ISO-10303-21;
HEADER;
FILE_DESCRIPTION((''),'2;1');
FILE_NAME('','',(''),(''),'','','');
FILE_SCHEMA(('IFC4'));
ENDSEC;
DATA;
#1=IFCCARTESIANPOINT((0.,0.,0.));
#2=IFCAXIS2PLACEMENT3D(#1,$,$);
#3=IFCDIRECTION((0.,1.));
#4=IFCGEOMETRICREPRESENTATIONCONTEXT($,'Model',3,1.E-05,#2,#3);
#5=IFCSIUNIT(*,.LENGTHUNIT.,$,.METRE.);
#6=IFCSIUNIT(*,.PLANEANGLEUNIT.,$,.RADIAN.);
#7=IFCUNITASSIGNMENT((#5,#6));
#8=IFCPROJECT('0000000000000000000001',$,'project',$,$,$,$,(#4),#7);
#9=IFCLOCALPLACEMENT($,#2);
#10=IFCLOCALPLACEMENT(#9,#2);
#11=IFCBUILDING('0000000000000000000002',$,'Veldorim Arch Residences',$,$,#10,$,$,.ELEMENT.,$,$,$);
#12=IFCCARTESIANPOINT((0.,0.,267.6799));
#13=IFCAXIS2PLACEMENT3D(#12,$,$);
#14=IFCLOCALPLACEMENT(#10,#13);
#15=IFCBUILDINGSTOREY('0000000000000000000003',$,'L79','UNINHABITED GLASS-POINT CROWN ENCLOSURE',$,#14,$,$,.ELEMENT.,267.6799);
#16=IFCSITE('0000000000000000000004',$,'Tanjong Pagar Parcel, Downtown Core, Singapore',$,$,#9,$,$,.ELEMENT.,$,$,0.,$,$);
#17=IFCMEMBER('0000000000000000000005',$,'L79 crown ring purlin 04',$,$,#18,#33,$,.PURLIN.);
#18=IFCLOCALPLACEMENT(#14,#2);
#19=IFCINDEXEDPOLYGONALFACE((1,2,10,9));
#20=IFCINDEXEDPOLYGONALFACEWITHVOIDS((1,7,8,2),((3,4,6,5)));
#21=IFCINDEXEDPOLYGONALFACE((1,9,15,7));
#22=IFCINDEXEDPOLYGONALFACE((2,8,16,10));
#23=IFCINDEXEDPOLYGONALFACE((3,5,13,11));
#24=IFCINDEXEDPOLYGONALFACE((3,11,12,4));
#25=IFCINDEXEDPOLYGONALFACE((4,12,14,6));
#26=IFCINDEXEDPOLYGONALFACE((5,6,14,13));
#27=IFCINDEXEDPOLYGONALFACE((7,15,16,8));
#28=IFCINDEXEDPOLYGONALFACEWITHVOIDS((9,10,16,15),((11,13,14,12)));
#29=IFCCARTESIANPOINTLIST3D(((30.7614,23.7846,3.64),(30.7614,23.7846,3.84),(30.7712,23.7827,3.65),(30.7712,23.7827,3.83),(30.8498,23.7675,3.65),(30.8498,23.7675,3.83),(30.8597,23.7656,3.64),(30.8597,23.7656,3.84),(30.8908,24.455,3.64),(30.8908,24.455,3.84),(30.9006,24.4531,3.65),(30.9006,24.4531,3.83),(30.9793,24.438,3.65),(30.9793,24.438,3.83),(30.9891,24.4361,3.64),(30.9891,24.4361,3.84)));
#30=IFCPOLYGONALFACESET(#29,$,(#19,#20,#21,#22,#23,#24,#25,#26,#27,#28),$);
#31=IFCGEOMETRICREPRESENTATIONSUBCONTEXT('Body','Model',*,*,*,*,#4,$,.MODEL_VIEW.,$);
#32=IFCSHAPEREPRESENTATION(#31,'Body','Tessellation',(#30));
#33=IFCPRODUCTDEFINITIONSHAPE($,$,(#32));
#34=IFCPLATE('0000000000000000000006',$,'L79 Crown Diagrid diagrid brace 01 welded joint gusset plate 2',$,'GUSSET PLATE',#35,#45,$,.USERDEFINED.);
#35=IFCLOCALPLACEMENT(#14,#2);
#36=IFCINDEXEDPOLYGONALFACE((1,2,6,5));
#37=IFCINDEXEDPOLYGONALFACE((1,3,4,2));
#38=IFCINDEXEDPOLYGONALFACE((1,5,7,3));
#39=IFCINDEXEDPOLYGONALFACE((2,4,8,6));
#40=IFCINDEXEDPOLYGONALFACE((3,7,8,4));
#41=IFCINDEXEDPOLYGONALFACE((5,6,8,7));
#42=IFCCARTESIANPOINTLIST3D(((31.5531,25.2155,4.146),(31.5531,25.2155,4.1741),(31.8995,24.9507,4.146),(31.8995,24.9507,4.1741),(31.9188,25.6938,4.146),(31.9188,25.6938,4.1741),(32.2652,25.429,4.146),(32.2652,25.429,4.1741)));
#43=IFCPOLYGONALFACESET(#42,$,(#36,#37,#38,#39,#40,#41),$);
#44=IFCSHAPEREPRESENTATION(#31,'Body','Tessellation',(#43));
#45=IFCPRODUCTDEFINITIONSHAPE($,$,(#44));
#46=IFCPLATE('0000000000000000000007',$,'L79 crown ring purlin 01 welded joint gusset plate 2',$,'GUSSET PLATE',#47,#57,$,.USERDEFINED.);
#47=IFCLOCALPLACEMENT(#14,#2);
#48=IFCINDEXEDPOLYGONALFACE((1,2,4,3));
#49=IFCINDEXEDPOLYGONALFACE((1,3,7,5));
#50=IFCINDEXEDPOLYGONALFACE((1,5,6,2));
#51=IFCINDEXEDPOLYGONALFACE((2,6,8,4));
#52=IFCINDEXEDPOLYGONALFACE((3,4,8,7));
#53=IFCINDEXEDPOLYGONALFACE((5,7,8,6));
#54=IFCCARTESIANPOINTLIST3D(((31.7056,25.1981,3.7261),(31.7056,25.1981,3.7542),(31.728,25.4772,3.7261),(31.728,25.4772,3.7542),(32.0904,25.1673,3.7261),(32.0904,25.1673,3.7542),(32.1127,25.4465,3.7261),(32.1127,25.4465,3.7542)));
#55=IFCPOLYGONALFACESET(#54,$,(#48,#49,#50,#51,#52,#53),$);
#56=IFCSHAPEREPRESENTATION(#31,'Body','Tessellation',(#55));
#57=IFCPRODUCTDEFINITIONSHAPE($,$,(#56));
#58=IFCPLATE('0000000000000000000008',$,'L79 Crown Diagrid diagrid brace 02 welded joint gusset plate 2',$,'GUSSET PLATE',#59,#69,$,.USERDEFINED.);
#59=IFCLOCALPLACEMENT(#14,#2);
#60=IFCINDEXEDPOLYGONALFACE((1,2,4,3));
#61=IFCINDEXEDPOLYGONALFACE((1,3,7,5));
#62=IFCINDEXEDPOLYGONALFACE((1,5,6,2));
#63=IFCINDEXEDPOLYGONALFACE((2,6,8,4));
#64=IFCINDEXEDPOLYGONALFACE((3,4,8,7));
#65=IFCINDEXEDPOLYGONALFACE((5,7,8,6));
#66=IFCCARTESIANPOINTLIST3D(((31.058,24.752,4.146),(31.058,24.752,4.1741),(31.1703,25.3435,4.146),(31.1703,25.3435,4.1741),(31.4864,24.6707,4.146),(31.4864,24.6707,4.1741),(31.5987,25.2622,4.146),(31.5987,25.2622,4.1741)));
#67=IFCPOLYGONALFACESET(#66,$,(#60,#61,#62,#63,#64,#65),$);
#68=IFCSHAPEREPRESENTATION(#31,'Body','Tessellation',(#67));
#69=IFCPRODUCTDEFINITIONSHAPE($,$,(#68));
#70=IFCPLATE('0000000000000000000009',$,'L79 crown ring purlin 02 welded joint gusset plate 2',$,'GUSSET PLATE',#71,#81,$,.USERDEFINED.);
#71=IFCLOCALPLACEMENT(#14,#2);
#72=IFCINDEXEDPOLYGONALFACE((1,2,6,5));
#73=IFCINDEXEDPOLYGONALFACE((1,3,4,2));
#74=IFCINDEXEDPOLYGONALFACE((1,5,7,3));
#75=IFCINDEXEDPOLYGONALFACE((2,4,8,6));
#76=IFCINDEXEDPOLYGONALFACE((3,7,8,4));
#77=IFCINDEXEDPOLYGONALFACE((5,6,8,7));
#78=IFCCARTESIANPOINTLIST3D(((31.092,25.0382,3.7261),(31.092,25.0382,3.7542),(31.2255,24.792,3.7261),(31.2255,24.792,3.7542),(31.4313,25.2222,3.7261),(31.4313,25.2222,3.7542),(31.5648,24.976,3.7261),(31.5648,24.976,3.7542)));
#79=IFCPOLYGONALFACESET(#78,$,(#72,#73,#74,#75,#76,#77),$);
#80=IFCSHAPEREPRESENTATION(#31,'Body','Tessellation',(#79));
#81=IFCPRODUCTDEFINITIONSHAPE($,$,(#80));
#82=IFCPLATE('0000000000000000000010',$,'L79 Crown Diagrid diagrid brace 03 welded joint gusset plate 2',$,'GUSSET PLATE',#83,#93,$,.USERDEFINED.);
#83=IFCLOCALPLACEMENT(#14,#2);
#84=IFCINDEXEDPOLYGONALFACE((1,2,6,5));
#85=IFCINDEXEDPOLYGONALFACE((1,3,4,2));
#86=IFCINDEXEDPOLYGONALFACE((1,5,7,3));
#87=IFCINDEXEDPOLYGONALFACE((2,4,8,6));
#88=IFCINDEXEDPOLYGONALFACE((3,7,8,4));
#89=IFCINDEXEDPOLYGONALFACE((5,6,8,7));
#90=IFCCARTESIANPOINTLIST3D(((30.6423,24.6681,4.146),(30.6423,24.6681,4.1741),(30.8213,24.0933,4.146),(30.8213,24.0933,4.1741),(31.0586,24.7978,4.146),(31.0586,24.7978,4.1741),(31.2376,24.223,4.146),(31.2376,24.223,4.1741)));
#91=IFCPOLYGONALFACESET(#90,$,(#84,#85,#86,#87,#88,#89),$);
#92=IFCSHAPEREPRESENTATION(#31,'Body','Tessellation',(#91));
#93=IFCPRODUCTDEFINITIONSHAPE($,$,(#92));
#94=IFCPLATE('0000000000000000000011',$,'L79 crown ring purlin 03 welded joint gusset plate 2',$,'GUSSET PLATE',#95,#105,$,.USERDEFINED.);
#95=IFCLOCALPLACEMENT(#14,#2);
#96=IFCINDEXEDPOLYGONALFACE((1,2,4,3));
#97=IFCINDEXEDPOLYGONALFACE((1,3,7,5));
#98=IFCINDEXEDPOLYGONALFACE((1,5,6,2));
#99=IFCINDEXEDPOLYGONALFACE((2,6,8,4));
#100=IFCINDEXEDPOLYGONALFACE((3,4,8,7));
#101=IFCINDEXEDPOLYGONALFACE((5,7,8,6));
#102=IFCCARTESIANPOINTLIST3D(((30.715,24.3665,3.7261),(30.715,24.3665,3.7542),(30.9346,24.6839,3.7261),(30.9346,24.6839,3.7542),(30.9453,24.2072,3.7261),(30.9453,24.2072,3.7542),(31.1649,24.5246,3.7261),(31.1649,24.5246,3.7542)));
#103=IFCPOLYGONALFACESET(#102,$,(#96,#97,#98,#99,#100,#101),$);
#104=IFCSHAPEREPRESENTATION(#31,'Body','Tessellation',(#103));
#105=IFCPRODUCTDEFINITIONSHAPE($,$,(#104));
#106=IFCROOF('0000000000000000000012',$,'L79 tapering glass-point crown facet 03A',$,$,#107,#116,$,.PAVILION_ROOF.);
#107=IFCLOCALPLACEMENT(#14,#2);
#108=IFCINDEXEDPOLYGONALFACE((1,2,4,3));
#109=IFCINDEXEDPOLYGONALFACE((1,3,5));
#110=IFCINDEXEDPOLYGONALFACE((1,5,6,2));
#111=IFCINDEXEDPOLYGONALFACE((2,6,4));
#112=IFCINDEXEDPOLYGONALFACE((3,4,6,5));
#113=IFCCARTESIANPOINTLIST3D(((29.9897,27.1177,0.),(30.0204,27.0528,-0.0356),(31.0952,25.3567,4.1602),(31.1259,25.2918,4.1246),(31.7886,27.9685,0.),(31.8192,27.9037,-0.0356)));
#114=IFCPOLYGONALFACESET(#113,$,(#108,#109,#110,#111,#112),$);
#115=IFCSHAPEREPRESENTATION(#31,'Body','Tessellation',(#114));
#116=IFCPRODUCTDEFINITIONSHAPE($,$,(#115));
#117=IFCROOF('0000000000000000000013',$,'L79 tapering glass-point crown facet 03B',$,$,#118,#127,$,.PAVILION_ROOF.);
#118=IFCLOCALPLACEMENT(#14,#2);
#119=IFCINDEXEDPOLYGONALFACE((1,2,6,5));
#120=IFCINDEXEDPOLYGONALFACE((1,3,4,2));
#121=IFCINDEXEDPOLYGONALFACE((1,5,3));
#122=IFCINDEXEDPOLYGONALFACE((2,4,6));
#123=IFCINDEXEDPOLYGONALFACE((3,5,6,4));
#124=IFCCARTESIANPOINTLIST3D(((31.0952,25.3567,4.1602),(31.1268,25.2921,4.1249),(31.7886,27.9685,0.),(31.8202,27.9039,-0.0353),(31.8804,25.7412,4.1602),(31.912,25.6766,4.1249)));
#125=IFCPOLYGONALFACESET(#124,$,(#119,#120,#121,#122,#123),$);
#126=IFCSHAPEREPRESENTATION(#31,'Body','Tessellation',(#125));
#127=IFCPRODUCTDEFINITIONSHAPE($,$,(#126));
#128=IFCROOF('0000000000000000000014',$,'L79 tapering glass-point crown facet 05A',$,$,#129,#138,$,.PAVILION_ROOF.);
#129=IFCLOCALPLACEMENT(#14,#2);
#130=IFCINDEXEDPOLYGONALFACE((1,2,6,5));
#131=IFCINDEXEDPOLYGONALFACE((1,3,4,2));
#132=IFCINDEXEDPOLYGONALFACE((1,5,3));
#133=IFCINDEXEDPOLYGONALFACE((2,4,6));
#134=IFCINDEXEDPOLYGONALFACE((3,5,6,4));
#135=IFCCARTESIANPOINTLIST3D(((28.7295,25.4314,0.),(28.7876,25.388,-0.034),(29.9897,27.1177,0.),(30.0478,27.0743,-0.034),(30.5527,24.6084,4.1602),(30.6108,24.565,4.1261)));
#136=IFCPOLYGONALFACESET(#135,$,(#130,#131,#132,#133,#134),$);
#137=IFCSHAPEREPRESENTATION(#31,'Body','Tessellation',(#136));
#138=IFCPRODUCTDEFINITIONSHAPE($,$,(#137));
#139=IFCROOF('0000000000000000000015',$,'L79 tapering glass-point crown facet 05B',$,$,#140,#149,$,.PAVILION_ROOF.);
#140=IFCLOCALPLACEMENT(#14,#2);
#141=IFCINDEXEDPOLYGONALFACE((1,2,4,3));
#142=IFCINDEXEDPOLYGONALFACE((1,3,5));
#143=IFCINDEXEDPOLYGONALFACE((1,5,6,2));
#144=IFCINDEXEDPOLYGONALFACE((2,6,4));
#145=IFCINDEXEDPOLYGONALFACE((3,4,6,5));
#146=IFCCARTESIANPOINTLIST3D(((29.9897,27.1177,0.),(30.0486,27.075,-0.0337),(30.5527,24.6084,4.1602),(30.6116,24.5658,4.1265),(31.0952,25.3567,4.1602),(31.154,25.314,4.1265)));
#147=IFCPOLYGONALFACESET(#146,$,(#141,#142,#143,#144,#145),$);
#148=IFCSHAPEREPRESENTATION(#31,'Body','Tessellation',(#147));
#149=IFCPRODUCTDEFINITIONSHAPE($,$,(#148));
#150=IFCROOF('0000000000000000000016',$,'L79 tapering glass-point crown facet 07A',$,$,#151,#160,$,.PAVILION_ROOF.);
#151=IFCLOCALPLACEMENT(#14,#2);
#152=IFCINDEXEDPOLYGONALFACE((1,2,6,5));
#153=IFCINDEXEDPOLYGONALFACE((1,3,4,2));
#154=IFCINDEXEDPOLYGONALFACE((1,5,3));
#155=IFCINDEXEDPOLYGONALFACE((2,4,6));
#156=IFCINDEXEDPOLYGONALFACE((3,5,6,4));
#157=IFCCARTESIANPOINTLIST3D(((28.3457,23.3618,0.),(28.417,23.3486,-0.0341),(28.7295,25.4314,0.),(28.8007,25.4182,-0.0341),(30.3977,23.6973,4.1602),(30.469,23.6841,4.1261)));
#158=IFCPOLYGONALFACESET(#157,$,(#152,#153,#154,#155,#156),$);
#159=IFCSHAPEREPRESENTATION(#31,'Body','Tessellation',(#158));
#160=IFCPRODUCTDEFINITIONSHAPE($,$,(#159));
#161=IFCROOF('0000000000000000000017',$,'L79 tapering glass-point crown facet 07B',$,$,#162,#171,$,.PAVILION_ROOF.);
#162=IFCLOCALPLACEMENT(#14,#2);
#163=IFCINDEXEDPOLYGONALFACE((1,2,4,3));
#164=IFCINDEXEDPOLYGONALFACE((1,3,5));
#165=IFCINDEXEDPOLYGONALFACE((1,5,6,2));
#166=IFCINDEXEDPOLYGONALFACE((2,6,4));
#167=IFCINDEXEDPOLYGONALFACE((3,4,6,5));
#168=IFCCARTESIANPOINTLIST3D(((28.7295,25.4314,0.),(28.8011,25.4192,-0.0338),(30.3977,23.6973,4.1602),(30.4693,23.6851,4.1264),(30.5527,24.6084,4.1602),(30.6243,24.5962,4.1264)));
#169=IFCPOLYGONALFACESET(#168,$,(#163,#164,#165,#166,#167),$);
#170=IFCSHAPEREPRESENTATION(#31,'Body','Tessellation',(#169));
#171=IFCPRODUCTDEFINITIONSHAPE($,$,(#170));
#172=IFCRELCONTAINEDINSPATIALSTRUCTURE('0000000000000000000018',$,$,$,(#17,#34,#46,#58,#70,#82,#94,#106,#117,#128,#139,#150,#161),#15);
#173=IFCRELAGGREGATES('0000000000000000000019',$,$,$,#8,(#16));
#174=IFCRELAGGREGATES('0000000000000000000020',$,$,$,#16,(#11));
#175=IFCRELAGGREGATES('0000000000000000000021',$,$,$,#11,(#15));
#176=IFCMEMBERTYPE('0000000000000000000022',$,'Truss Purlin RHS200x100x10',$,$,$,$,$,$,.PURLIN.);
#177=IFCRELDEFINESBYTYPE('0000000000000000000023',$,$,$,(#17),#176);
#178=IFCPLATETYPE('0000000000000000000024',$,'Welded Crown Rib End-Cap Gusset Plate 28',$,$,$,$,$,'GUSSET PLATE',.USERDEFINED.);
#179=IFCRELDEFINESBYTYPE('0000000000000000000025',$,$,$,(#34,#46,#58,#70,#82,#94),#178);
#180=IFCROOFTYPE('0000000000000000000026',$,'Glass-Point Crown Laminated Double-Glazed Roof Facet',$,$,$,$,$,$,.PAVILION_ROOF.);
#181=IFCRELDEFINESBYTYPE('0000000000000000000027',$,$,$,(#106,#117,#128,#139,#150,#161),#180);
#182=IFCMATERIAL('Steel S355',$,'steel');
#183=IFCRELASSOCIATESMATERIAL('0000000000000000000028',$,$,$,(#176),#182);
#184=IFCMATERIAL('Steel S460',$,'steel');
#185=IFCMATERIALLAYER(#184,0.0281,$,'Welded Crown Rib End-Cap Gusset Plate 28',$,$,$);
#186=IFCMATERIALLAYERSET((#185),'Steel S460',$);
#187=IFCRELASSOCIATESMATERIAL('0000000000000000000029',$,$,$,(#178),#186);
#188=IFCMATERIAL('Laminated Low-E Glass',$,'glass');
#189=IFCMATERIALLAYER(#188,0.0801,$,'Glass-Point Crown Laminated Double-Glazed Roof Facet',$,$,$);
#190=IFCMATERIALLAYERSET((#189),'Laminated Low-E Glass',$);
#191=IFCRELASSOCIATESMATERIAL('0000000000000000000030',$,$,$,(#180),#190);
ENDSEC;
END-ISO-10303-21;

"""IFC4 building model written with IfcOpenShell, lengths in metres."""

from ifc_helpers import new_model, si_unit, direction, frame, origin, origin_2d, place, context, subcontext, project, spatial, polyline, rectangle, hollow_rectangle, outline, extrude, material, layer, layer_set, material_profile, profile_set, type_object, element, save


model = new_model("IFC4")

# Units and contexts
model_context = context("Model", 3, precision=1e-05, world=origin(), true_north=direction((0.0, 1.0)))
body_context = subcontext(model_context, "Body", "Model", "MODEL_VIEW")
ifc_project = project(units=[si_unit("LENGTHUNIT", "METRE"), si_unit("PLANEANGLEUNIT", "RADIAN")], contexts=[model_context])

# Site, building, storey
site_placement = place(None, origin())
site = spatial("IfcSite", under=ifc_project, at=site_placement, Name="Tanjong Pagar Parcel, Downtown Core, Singapore", CompositionType="ELEMENT", RefElevation=0.0)
building_placement = place(site_placement, origin())
building = spatial("IfcBuilding", under=site, at=building_placement, Name="Veldorim Arch Residences", CompositionType="ELEMENT")
storey_placement = place(building_placement, frame((0.0, 0.0, 267.6799)))
storey = spatial("IfcBuildingStorey", under=building, at=storey_placement, Name="L79", Description="UNINHABITED GLASS-POINT CROWN ENCLOSURE", CompositionType="ELEMENT", Elevation=267.6799)

# Member
ifc_material_1 = material(Name="Steel S355", Category="steel")
ifc_material_profile_1 = material_profile(ifc_material_1, hollow_rectangle(XDim=0.1001, YDim=0.2, WallThickness=0.01, at=origin_2d()), Name="RHS200x100x10")
ifc_profile_set_1 = profile_set([ifc_material_profile_1], Name="Steel S355")
member_type_1 = type_object("IfcMemberType", Name="Truss Purlin RHS200x100x10", PredefinedType="PURLIN", material=ifc_profile_set_1)
for number, where, z_axis, x_axis, name in (
    (1, (30.9399, 24.4456, 3.74), (-0.18951, -0.981879, 0.0), (0.981879, -0.18951, 0.0), "L79 crown ring purlin 04"),
):
    element("IfcMember", number, at=place(storey_placement, frame(where, z_axis=z_axis, x_axis=x_axis)), inside=storey, type_object=member_type_1, Name=name, PredefinedType="PURLIN", context=body_context, shape_type="SweptSolid", body=[
        extrude(hollow_rectangle(XDim=0.1001, YDim=0.2, WallThickness=0.01, at=origin_2d()), origin(), (0.0, 0.0, 1.0), 0.6829),
    ])

# Plates
ifc_material_2 = material(Name="Steel S460", Category="steel")
ifc_layer_1 = layer(ifc_material_2, 0.0281, Name="Welded Crown Rib End-Cap Gusset Plate 28")
ifc_layer_set_1 = layer_set([ifc_layer_1], Name="Steel S460")
plate_type = type_object("IfcPlateType", Name="Welded Crown Rib End-Cap Gusset Plate 28", ElementType="GUSSET PLATE", PredefinedType="USERDEFINED", material=ifc_layer_set_1)
plate_1_placement = place(storey_placement, frame((31.9092, 25.3223, 4.146), z_axis=(0.0, 0.0, 1.0), x_axis=(-0.607376, -0.794415, 0.0)))
element("IfcPlate", 2, at=plate_1_placement, inside=storey, type_object=plate_type, Name="L79 Crown Diagrid diagrid brace 01 welded joint gusset plate 2", ObjectType="GUSSET PLATE", PredefinedType="USERDEFINED", context=body_context, shape_type="SweptSolid", body=[
    extrude(rectangle(XDim=0.6021, YDim=0.436, at=origin_2d()), origin(), (0.0, 0.0, 1.0), 0.0281),
])
plate_2_placement = place(storey_placement, frame((31.9092, 25.3223, 3.7261), z_axis=(0.0, 0.0, 1.0), x_axis=(-0.996821, 0.079677, 0.0)))
element("IfcPlate", 3, at=plate_2_placement, inside=storey, type_object=plate_type, Name="L79 crown ring purlin 01 welded joint gusset plate 2", ObjectType="GUSSET PLATE", PredefinedType="USERDEFINED", context=body_context, shape_type="SweptSolid", body=[
    extrude(rectangle(XDim=0.386, YDim=0.28, at=origin_2d()), origin(), (0.0, 0.0, 1.0), 0.0281),
])
plate_3_placement = place(storey_placement, frame((31.3284, 25.0071, 4.146), z_axis=(0.0, 0.0, 1.0), x_axis=(-0.186524, -0.98245, 0.0)))
element("IfcPlate", 4, at=plate_3_placement, inside=storey, type_object=plate_type, Name="L79 Crown Diagrid diagrid brace 02 welded joint gusset plate 2", ObjectType="GUSSET PLATE", PredefinedType="USERDEFINED", context=body_context, shape_type="SweptSolid", body=[
    extrude(rectangle(XDim=0.6021, YDim=0.436, at=origin_2d()), origin(), (0.0, 0.0, 1.0), 0.0281),
])
plate_4_placement = place(storey_placement, frame((31.3284, 25.0071, 3.7261), z_axis=(0.0, 0.0, 1.0), x_axis=(-0.879075, -0.476683, 0.0)))
element("IfcPlate", 5, at=plate_4_placement, inside=storey, type_object=plate_type, Name="L79 crown ring purlin 02 welded joint gusset plate 2", ObjectType="GUSSET PLATE", PredefinedType="USERDEFINED", context=body_context, shape_type="SweptSolid", body=[
    extrude(rectangle(XDim=0.386, YDim=0.28, at=origin_2d()), origin(), (0.0, 0.0, 1.0), 0.0281),
])
plate_5_placement = place(storey_placement, frame((30.9399, 24.4456, 4.146), z_axis=(0.0, 0.0, 1.0), x_axis=(0.297442, -0.95474, 0.0)))
element("IfcPlate", 6, at=plate_5_placement, inside=storey, type_object=plate_type, Name="L79 Crown Diagrid diagrid brace 03 welded joint gusset plate 2", ObjectType="GUSSET PLATE", PredefinedType="USERDEFINED", context=body_context, shape_type="SweptSolid", body=[
    extrude(rectangle(XDim=0.6021, YDim=0.436, at=origin_2d()), origin(), (0.0, 0.0, 1.0), 0.0281),
])
plate_6_placement = place(storey_placement, frame((30.9399, 24.4456, 3.7261), z_axis=(0.0, 0.0, 1.0), x_axis=(-0.56882, -0.822462, 0.0)))
element("IfcPlate", 7, at=plate_6_placement, inside=storey, type_object=plate_type, Name="L79 crown ring purlin 03 welded joint gusset plate 2", ObjectType="GUSSET PLATE", PredefinedType="USERDEFINED", context=body_context, shape_type="SweptSolid", body=[
    extrude(rectangle(XDim=0.386, YDim=0.28, at=origin_2d()), origin(), (0.0, 0.0, 1.0), 0.0281),
])

# Roofs
ifc_material_3 = material(Name="Laminated Low-E Glass", Category="glass")
ifc_layer_2 = layer(ifc_material_3, 0.0801, Name="Glass-Point Crown Laminated Double-Glazed Roof Facet")
ifc_layer_set_2 = layer_set([ifc_layer_2], Name="Laminated Low-E Glass")
roof_type = type_object("IfcRoofType", Name="Glass-Point Crown Laminated Double-Glazed Roof Facet", PredefinedType="PAVILION_ROOF", material=ifc_layer_set_2)
roof_1_placement = place(storey_placement, frame((31.7886, 27.9685, 0.0), z_axis=(-0.383004, 0.809748, 0.44454), x_axis=(-0.90398, -0.427575, 0.0)))
element("IfcRoof", 8, at=roof_1_placement, inside=storey, type_object=roof_type, Name="L79 tapering glass-point crown facet 03A", PredefinedType="PAVILION_ROOF", context=body_context, shape_type="SweptSolid", body=[
    extrude(outline(polyline([(0.0, 0.0), (1.9899, 0.0), (1.7435, 4.6443), (0.0, 0.0)])), origin(), (0.0, 0.0, -1.0), 0.0801),
])
roof_2_placement = place(storey_placement, frame((31.7886, 27.9685, 0.0), z_axis=(-0.394877, 0.806302, 0.440397), x_axis=(-0.139769, -0.526494, 0.838611)))
element("IfcRoof", 9, at=roof_2_placement, inside=storey, type_object=roof_type, Name="L79 tapering glass-point crown facet 03B", PredefinedType="PAVILION_ROOF", context=body_context, shape_type="SweptSolid", body=[
    extrude(outline(polyline([(0.0, 0.0), (4.9608, 0.0), (4.6486, 0.8166), (0.0, 0.0)])), origin(), (0.0, 0.0, -1.0), 0.0801),
])
roof_3_placement = place(storey_placement, frame((29.9897, 27.1177, 0.0), z_axis=(-0.725081, 0.541895, 0.424979), x_axis=(-0.598645, -0.801015, 0.0)))
element("IfcRoof", 10, at=roof_3_placement, inside=storey, type_object=roof_type, Name="L79 tapering glass-point crown facet 05A", PredefinedType="PAVILION_ROOF", context=body_context, shape_type="SweptSolid", body=[
    extrude(outline(polyline([(0.0, 0.0), (2.1052, 0.0), (1.6729, 4.5958), (0.0, 0.0)])), origin(), (0.0, 0.0, -1.0), 0.0801),
])
roof_4_placement = place(storey_placement, frame((29.9897, 27.1177, 0.0), z_axis=(-0.734532, 0.532506, 0.420594), x_axis=(0.115111, -0.513056, 0.850601)))
element("IfcRoof", 11, at=roof_4_placement, inside=storey, type_object=roof_type, Name="L79 tapering glass-point crown facet 05B", PredefinedType="PAVILION_ROOF", context=body_context, shape_type="SweptSolid", body=[
    extrude(outline(polyline([(0.0, 0.0), (4.8908, 0.0), (4.5694, 0.8665), (0.0, 0.0)])), origin(), (0.0, 0.0, -1.0), 0.0801),
])
roof_5_placement = place(storey_placement, frame((28.7295, 25.4314, 0.0), z_axis=(-0.889756, 0.164999, 0.425569), x_axis=(-0.182334, -0.983237, 0.0)))
element("IfcRoof", 12, at=roof_5_placement, inside=storey, type_object=roof_type, Name="L79 tapering glass-point crown facet 07A", PredefinedType="PAVILION_ROOF", context=body_context, shape_type="SweptSolid", body=[
    extrude(outline(polyline([(0.0, 0.0), (2.1049, 0.0), (1.4009, 4.5972), (0.0, 0.0)])), origin(), (0.0, 0.0, -1.0), 0.0801),
])
roof_6_placement = place(storey_placement, frame((28.7295, 25.4314, 0.0), z_axis=(-0.893833, 0.152086, 0.421821), x_axis=(0.347115, -0.360831, 0.865628)))
element("IfcRoof", 13, at=roof_6_placement, inside=storey, type_object=roof_type, Name="L79 tapering glass-point crown facet 07B", PredefinedType="PAVILION_ROOF", context=body_context, shape_type="SweptSolid", body=[
    extrude(outline(polyline([(0.0, 0.0), (4.8059, 0.0), (4.531, 0.8824), (0.0, 0.0)])), origin(), (0.0, 0.0, -1.0), 0.0801),
])

save(model, "model.ifc")
